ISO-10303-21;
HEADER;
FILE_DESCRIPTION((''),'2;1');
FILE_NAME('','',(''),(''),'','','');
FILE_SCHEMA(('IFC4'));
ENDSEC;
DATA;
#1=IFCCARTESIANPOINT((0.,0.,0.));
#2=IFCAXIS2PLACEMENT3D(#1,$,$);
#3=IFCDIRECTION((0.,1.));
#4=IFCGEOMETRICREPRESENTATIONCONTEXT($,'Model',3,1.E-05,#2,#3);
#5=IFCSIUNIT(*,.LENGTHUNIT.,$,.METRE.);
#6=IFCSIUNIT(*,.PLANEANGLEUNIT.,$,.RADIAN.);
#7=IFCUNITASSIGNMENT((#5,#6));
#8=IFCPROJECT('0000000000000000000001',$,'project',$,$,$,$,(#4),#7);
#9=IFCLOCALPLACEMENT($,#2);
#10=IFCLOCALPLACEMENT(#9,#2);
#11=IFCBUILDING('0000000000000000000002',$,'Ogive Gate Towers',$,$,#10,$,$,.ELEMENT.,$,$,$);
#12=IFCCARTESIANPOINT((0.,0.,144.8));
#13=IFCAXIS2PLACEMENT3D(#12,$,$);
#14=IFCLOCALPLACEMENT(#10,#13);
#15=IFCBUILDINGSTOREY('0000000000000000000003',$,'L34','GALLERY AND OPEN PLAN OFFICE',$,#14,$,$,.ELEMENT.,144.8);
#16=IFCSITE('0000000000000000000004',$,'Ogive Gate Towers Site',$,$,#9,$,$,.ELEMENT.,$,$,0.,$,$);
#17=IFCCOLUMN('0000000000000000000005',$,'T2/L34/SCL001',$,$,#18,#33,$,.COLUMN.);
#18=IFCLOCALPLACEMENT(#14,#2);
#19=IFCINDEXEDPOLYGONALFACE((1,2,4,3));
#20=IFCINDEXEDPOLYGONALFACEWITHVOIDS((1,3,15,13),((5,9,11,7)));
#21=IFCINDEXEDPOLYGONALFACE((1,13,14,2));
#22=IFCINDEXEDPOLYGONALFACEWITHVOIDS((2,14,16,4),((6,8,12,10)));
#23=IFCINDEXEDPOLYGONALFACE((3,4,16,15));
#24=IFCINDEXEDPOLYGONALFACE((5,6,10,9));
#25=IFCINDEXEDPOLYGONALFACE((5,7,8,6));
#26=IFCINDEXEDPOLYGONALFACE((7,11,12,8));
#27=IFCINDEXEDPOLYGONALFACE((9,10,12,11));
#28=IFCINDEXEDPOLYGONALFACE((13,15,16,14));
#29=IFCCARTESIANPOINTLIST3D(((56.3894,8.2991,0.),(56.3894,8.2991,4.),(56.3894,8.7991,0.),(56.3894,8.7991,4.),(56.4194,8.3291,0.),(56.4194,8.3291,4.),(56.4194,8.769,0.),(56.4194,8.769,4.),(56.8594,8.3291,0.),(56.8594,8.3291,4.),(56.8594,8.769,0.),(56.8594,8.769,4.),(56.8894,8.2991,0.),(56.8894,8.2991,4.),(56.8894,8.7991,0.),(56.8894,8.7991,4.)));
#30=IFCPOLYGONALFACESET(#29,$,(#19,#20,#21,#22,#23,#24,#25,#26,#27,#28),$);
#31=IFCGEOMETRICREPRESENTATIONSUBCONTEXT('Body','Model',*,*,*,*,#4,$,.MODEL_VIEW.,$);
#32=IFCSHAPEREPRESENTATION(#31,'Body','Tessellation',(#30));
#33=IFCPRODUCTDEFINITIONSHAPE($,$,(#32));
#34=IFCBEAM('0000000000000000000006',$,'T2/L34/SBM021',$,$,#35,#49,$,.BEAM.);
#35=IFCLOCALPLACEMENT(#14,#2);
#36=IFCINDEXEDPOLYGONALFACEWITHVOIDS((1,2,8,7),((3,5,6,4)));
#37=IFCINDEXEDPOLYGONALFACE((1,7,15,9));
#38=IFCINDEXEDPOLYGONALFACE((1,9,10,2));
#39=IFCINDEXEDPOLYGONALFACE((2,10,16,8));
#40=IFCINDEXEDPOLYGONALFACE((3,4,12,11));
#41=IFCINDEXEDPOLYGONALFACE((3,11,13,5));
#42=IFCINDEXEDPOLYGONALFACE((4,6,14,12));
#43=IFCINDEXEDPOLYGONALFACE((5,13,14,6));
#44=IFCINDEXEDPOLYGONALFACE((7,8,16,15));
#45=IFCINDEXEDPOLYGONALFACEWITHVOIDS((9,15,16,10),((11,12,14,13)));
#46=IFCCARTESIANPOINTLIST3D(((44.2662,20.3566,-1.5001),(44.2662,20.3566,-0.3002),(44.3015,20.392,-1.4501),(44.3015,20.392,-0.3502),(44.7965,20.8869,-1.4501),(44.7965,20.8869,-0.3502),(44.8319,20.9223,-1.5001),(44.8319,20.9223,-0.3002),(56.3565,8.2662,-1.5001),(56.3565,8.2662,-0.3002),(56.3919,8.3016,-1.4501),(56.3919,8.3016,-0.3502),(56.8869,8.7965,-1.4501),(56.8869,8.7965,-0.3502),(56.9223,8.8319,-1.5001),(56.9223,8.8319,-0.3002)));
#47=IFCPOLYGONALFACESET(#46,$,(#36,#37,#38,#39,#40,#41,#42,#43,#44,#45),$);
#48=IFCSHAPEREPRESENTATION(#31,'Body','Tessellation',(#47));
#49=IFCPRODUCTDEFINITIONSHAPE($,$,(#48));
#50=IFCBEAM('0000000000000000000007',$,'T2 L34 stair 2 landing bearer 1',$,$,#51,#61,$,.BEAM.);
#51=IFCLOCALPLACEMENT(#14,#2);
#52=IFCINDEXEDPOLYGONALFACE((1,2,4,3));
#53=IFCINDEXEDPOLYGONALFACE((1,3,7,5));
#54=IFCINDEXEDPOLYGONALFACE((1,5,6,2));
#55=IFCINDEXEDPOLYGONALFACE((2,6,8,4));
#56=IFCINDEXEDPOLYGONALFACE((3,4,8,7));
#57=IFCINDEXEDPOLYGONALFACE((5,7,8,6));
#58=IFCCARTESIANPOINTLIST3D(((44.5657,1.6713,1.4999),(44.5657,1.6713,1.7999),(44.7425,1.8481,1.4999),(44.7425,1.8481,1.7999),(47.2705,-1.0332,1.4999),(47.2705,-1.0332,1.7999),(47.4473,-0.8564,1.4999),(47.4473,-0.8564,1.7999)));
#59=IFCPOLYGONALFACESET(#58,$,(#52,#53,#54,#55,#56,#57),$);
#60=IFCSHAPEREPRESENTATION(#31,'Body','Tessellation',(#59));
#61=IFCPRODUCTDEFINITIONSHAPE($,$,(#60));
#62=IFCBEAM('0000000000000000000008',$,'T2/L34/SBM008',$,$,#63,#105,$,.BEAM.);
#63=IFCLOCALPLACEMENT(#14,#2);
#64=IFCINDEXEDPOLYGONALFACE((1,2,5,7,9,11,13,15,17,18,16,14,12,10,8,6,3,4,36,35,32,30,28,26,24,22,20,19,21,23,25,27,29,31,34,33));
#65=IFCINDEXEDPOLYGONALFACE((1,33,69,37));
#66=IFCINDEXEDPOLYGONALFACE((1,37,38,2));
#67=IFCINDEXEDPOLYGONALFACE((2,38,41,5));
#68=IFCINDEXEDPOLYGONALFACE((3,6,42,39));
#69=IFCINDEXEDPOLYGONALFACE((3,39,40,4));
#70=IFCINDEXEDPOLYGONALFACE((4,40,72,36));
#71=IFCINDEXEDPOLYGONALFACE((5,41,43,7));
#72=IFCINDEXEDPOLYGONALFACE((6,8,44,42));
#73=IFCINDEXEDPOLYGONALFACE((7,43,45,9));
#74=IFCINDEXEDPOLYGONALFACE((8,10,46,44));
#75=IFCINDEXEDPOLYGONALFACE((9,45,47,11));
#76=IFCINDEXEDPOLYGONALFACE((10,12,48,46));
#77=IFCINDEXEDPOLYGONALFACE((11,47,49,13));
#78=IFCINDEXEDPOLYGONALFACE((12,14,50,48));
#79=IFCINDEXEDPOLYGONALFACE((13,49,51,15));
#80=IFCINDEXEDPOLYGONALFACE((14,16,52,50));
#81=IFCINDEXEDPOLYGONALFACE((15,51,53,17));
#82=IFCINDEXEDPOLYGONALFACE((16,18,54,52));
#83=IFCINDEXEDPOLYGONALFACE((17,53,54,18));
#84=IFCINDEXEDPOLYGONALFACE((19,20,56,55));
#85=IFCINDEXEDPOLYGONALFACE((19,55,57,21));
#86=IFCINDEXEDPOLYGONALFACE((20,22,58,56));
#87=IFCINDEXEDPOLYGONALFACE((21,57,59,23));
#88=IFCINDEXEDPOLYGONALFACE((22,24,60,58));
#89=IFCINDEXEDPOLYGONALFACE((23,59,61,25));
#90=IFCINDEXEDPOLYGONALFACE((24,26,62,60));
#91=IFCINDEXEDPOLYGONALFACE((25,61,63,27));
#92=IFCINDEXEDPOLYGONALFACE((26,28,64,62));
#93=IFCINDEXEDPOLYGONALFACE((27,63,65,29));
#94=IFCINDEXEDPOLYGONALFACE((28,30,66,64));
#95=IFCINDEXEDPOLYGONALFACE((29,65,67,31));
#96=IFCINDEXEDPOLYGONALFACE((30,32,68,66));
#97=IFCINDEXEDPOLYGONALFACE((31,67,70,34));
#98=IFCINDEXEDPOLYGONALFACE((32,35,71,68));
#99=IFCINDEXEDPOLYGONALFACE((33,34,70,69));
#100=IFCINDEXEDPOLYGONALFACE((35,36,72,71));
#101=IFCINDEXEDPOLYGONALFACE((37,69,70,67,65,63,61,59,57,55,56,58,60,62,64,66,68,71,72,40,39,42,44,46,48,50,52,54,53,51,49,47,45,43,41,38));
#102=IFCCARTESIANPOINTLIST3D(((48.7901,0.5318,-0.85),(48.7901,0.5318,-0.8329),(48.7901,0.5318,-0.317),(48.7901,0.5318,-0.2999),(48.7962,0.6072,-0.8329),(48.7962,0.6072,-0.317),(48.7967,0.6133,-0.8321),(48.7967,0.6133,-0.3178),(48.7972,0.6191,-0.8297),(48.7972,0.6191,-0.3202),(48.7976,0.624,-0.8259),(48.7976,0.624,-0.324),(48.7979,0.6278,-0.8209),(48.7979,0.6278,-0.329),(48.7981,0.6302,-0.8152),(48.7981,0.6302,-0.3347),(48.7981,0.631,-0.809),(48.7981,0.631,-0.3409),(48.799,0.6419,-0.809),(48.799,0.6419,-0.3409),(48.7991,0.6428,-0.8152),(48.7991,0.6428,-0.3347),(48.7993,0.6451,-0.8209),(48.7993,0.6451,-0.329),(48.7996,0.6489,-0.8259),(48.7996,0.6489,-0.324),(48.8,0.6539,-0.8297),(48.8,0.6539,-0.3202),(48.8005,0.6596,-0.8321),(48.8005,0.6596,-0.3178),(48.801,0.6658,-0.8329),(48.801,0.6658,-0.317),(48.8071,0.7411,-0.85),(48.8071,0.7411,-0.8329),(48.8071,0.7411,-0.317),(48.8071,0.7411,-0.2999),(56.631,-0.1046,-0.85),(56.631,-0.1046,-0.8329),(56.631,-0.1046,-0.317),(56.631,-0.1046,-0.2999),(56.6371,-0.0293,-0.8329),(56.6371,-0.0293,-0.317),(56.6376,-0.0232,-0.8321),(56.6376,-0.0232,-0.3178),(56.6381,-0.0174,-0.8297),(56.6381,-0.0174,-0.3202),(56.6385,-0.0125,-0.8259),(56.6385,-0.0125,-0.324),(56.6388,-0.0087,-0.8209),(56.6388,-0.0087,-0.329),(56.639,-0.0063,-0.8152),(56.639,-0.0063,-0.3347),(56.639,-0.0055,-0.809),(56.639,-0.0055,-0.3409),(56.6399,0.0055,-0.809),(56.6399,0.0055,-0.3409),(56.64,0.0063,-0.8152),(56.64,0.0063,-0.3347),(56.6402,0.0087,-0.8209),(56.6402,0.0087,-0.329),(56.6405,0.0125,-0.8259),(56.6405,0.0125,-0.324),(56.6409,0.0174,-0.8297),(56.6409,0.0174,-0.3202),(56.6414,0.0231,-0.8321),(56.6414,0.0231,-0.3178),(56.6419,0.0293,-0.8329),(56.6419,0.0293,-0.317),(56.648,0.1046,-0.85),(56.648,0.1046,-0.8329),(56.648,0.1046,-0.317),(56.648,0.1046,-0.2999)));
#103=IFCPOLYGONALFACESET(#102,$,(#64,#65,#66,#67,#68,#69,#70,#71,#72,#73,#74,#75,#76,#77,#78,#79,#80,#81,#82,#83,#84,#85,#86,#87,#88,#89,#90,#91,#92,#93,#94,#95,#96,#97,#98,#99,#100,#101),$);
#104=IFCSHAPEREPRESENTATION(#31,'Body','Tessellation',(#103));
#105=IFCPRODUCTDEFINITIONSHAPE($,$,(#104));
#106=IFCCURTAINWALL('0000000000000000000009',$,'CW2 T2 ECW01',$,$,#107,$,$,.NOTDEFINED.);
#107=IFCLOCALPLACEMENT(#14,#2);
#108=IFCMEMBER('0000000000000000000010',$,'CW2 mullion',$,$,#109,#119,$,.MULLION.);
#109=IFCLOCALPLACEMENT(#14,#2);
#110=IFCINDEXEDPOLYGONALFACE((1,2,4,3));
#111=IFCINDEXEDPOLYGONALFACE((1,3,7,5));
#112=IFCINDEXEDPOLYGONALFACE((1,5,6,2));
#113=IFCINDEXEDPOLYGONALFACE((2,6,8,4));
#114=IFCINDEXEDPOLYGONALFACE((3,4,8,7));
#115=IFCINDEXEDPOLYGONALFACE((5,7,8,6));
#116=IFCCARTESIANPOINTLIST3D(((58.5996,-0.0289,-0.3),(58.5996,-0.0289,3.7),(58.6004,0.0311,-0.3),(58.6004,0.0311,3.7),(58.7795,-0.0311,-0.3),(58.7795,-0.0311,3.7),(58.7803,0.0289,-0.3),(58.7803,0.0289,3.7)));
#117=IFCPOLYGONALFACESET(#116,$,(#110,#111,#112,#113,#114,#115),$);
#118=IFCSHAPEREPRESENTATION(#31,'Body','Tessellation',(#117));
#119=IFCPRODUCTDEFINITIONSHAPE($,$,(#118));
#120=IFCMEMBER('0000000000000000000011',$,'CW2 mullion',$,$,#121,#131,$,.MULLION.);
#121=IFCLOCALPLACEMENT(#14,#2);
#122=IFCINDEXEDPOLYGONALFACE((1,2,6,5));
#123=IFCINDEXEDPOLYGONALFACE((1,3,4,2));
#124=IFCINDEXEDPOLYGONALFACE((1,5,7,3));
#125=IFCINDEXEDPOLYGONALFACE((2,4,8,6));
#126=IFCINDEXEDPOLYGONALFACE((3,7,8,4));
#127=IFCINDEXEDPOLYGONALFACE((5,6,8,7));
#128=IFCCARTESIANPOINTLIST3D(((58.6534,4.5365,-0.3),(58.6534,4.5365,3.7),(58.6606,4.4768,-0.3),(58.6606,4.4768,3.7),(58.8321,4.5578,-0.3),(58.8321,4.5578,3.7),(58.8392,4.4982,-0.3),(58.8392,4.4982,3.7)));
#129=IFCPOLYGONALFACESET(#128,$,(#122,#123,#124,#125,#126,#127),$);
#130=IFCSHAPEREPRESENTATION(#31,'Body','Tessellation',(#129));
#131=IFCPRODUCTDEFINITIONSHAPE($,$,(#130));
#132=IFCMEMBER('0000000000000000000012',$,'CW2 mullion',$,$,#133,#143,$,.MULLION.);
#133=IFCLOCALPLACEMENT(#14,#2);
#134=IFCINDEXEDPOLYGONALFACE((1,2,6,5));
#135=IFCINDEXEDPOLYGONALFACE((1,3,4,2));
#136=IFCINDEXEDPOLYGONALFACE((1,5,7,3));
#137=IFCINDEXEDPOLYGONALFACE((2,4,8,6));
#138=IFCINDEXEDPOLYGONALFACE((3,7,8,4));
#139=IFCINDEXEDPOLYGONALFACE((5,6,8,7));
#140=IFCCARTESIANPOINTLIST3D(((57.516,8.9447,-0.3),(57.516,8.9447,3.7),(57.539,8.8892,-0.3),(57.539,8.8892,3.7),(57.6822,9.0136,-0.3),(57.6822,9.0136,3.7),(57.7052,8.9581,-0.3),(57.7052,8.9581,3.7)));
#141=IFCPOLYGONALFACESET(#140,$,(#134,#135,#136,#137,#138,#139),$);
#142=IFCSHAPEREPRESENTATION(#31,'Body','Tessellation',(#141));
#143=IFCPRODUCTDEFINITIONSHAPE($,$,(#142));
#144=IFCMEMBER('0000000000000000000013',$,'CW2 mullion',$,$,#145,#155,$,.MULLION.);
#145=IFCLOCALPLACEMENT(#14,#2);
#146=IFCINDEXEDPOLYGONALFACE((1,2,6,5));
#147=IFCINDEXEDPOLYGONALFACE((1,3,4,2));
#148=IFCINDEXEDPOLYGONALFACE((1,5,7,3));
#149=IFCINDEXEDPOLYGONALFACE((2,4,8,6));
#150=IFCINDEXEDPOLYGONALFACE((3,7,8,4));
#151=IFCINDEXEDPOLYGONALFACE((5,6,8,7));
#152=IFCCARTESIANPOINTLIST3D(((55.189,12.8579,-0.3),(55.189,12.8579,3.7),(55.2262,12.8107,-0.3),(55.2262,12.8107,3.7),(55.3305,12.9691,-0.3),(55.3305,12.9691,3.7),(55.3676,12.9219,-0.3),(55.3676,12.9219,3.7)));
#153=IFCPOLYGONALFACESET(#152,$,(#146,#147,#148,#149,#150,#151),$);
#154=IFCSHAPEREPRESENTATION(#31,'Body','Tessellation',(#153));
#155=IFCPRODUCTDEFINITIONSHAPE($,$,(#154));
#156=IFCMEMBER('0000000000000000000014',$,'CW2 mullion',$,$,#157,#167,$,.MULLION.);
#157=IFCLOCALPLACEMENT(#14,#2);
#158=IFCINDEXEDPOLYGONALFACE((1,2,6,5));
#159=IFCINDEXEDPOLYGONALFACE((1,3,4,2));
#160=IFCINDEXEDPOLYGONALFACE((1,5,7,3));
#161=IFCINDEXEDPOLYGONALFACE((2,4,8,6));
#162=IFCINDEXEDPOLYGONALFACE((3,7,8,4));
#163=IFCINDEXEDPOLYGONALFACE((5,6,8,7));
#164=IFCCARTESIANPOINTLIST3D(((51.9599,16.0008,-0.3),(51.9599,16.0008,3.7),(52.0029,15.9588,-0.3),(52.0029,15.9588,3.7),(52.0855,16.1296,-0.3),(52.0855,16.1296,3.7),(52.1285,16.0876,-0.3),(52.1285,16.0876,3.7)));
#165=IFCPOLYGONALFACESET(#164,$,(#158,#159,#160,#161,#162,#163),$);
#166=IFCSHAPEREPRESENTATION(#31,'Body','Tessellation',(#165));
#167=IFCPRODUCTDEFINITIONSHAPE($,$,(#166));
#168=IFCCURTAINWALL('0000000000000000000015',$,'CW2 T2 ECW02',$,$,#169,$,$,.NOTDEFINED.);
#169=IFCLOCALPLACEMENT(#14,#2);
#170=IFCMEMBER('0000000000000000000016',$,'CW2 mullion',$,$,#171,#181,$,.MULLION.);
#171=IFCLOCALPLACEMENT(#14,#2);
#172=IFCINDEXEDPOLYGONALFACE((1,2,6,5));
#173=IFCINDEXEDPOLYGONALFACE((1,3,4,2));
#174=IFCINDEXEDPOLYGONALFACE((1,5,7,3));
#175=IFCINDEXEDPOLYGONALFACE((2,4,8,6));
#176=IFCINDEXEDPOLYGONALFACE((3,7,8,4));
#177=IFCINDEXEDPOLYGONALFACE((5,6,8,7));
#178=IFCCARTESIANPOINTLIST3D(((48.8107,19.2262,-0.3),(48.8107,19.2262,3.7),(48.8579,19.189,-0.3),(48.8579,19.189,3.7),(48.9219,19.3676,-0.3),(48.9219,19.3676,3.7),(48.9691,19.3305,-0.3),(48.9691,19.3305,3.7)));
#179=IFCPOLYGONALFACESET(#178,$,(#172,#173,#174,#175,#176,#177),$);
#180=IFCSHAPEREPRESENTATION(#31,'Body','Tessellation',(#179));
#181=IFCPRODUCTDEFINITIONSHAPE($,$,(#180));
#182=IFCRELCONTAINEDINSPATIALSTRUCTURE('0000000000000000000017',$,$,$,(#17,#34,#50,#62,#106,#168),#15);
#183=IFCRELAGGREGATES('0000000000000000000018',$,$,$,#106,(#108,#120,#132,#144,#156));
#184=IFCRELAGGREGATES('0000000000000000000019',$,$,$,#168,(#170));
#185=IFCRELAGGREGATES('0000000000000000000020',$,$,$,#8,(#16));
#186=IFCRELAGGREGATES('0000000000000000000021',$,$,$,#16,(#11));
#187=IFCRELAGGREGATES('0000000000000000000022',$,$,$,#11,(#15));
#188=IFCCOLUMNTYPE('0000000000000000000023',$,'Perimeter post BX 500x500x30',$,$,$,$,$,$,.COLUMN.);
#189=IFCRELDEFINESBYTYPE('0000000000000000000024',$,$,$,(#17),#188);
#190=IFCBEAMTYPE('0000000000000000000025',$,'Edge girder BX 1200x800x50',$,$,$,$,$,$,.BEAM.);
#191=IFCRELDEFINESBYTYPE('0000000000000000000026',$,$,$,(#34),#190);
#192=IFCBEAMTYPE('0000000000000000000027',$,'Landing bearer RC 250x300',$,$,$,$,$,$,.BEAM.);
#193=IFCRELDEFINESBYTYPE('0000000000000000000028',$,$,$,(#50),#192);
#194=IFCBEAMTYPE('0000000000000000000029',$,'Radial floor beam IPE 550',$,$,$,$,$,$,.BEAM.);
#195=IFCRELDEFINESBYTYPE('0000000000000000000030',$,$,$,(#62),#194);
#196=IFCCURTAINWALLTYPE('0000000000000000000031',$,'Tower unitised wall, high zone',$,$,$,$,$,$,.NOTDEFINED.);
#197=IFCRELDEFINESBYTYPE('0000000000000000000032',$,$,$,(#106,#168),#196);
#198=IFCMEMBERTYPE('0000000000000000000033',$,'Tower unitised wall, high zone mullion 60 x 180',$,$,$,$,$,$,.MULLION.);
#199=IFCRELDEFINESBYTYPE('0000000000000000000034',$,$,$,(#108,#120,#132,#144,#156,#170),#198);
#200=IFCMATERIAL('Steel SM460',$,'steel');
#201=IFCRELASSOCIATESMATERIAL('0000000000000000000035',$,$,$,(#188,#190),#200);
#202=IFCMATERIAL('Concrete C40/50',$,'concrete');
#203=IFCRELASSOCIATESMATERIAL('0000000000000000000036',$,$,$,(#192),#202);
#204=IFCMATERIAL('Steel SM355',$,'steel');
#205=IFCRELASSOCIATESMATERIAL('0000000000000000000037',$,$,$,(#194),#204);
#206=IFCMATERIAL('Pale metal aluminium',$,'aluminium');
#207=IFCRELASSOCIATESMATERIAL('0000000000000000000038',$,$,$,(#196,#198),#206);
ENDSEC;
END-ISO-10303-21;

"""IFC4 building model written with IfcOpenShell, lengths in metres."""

from ifc_helpers import new_model, si_unit, direction, frame, origin, origin_2d, place, context, subcontext, project, spatial, rectangle, hollow_rectangle, i_section, extrude, material, material_profile, profile_set, type_object, element, aggregate, save


model = new_model("IFC4")

# Units and contexts
model_context = context("Model", 3, precision=1e-05, world=origin(), true_north=direction((0.0, 1.0)))
body_context = subcontext(model_context, "Body", "Model", "MODEL_VIEW")
ifc_project = project(units=[si_unit("LENGTHUNIT", "METRE"), si_unit("PLANEANGLEUNIT", "RADIAN")], contexts=[model_context])

# Site, building, storey
site_placement = place(None, origin())
site = spatial("IfcSite", under=ifc_project, at=site_placement, Name="Ogive Gate Towers Site", CompositionType="ELEMENT", RefElevation=0.0)
building_placement = place(site_placement, origin())
building = spatial("IfcBuilding", under=site, at=building_placement, Name="Ogive Gate Towers", CompositionType="ELEMENT")
storey_placement = place(building_placement, frame((0.0, 0.0, 144.8)))
storey = spatial("IfcBuildingStorey", under=building, at=storey_placement, Name="L34", Description="GALLERY AND OPEN PLAN OFFICE", CompositionType="ELEMENT", Elevation=144.8)

# Column
ifc_material_1 = material(Name="Steel SM460", Category="steel")
ifc_material_profile_1 = material_profile(ifc_material_1, hollow_rectangle(XDim=0.5, YDim=0.5, WallThickness=0.03, at=origin_2d()), Name="BX 500x500x30")
ifc_profile_set_1 = profile_set([ifc_material_profile_1], Name="Steel SM460")
column_type = type_object("IfcColumnType", Name="Perimeter post BX 500x500x30", PredefinedType="COLUMN", material=ifc_profile_set_1)
column_placement = place(storey_placement, frame((56.6394, 8.5491, 0.0), z_axis=(0.0, 0.0, 1.0), x_axis=(1.0, 0.0, 0.0)))
element("IfcColumn", 1, at=column_placement, inside=storey, type_object=column_type, Name="T2/L34/SCL001", PredefinedType="COLUMN", context=body_context, shape_type="SweptSolid", body=[
    extrude(hollow_rectangle(XDim=0.5, YDim=0.5, WallThickness=0.03, at=origin_2d()), origin(), (0.0, 0.0, 1.0), 4.0),
])

# Beams
ifc_material_profile_2 = material_profile(ifc_material_1, hollow_rectangle(XDim=0.8, YDim=1.2, WallThickness=0.05, at=origin_2d()), Name="BX 1200x800x50")
ifc_profile_set_2 = profile_set([ifc_material_profile_2], Name="Steel SM460")
beam_type_1 = type_object("IfcBeamType", Name="Edge girder BX 1200x800x50", PredefinedType="BEAM", material=ifc_profile_set_2)
beam_1_placement = place(storey_placement, frame((56.6394, 8.5491, -0.9001), z_axis=(-0.707107, 0.707107, 0.0), x_axis=(-0.707107, -0.707107, 0.0)))
element("IfcBeam", 2, at=beam_1_placement, inside=storey, type_object=beam_type_1, Name="T2/L34/SBM021", PredefinedType="BEAM", context=body_context, shape_type="SweptSolid", body=[
    extrude(hollow_rectangle(XDim=0.8, YDim=1.2, WallThickness=0.05, at=origin_2d()), origin(), (0.0, 0.0, 1.0), 17.0984),
])
ifc_material_2 = material(Name="Concrete C40/50", Category="concrete")
ifc_material_profile_3 = material_profile(ifc_material_2, rectangle(XDim=0.25, YDim=0.3, at=origin_2d()), Name="RC 250x300")
ifc_profile_set_3 = profile_set([ifc_material_profile_3], Name="Concrete C40/50")
beam_type_2 = type_object("IfcBeamType", Name="Landing bearer RC 250x300", PredefinedType="BEAM", material=ifc_profile_set_3)
beam_2_placement = place(storey_placement, frame((47.3589, -0.9448, 1.6499), z_axis=(-0.707139, 0.707075, 0.0), x_axis=(-0.707075, -0.707139, 0.0)))
element("IfcBeam", 3, at=beam_2_placement, inside=storey, type_object=beam_type_2, Name="T2 L34 stair 2 landing bearer 1", PredefinedType="BEAM", context=body_context, shape_type="SweptSolid", body=[
    extrude(rectangle(XDim=0.25, YDim=0.3, at=origin_2d()), origin(), (0.0, 0.0, 1.0), 3.825),
])
ifc_material_3 = material(Name="Steel SM355", Category="steel")
ifc_material_profile_4 = material_profile(ifc_material_3, i_section(OverallWidth=0.21, OverallDepth=0.55, WebThickness=0.011, FlangeThickness=0.0171, FilletRadius=0.0239, at=origin_2d()), Name="IPE 550")
ifc_profile_set_4 = profile_set([ifc_material_profile_4], Name="Steel SM355")
beam_type_3 = type_object("IfcBeamType", Name="Radial floor beam IPE 550", PredefinedType="BEAM", material=ifc_profile_set_4)
beam_3_placement = place(storey_placement, frame((48.7986, 0.6365, -0.575), z_axis=(0.996722, -0.080908, 0.0), x_axis=(0.080908, 0.996722, 0.0)))
element("IfcBeam", 4, at=beam_3_placement, inside=storey, type_object=beam_type_3, Name="T2/L34/SBM008", PredefinedType="BEAM", context=body_context, shape_type="SweptSolid", body=[
    extrude(i_section(OverallWidth=0.21, OverallDepth=0.55, WebThickness=0.011, FlangeThickness=0.0171, FilletRadius=0.0239, at=origin_2d()), origin(), (0.0, 0.0, 1.0), 7.8667),
])

# Curtain wall, members
ifc_material_4 = material(Name="Pale metal aluminium", Category="aluminium")
curtain_wall_type = type_object("IfcCurtainWallType", Name="Tower unitised wall, high zone", PredefinedType="NOTDEFINED", material=ifc_material_4)
curtain_wall_1_placement = place(storey_placement, origin())
curtain_wall_1 = element("IfcCurtainWall", 5, at=curtain_wall_1_placement, inside=storey, type_object=curtain_wall_type, Name="CW2 T2 ECW01", PredefinedType="NOTDEFINED")
ifc_material_profile_5 = material_profile(ifc_material_4, rectangle(XDim=0.1799, YDim=0.0601, at=origin_2d()), Name="60 x 180 aluminium box")
ifc_profile_set_5 = profile_set([ifc_material_profile_5], Name="Pale metal aluminium")
member_type_1 = type_object("IfcMemberType", Name="Tower unitised wall, high zone mullion 60 x 180", PredefinedType="MULLION", material=ifc_profile_set_5)
member_1_placement = place(storey_placement, frame((58.6899, 0.0, -0.3), z_axis=(0.0, 0.0, 1.0), x_axis=(0.999922, -0.012461, 0.0)))
member_1 = element("IfcMember", 6, at=member_1_placement, type_object=member_type_1, Name="CW2 mullion", PredefinedType="MULLION", context=body_context, shape_type="SweptSolid", body=[
    extrude(rectangle(XDim=0.1799, YDim=0.0601, at=origin_2d()), origin(), (0.0, 0.0, 1.0), 4.0),
])
member_2_placement = place(storey_placement, frame((58.7463, 4.5173, -0.3), z_axis=(0.0, 0.0, 1.0), x_axis=(0.992908, 0.118889, 0.0)))
member_2 = element("IfcMember", 7, at=member_2_placement, type_object=member_type_1, Name="CW2 mullion", PredefinedType="MULLION", context=body_context, shape_type="SweptSolid", body=[
    extrude(rectangle(XDim=0.1799, YDim=0.0601, at=origin_2d()), origin(), (0.0, 0.0, 1.0), 4.0),
])
member_3_placement = place(storey_placement, frame((57.6106, 8.9514, -0.3), z_axis=(0.0, 0.0, 1.0), x_axis=(0.92388, 0.382683, 0.0)))
member_3 = element("IfcMember", 8, at=member_3_placement, type_object=member_type_1, Name="CW2 mullion", PredefinedType="MULLION", context=body_context, shape_type="SweptSolid", body=[
    extrude(rectangle(XDim=0.1799, YDim=0.0601, at=origin_2d()), origin(), (0.0, 0.0, 1.0), 4.0),
])
member_4_placement = place(storey_placement, frame((55.2783, 12.8899, -0.3), z_axis=(0.0, 0.0, 1.0), x_axis=(0.786148, 0.618038, 0.0)))
member_4 = element("IfcMember", 9, at=member_4_placement, type_object=member_type_1, Name="CW2 mullion", PredefinedType="MULLION", context=body_context, shape_type="SweptSolid", body=[
    extrude(rectangle(XDim=0.1799, YDim=0.0601, at=origin_2d()), origin(), (0.0, 0.0, 1.0), 4.0),
])
member_5_placement = place(storey_placement, frame((52.0442, 16.0442, -0.3), z_axis=(0.0, 0.0, 1.0), x_axis=(0.69824, 0.715863, 0.0)))
member_5 = element("IfcMember", 10, at=member_5_placement, type_object=member_type_1, Name="CW2 mullion", PredefinedType="MULLION", context=body_context, shape_type="SweptSolid", body=[
    extrude(rectangle(XDim=0.1799, YDim=0.0601, at=origin_2d()), origin(), (0.0, 0.0, 1.0), 4.0),
])

# Curtain wall, member
curtain_wall_2_placement = place(storey_placement, origin())
curtain_wall_2 = element("IfcCurtainWall", 11, at=curtain_wall_2_placement, inside=storey, type_object=curtain_wall_type, Name="CW2 T2 ECW02", PredefinedType="NOTDEFINED")
member_6_placement = place(storey_placement, frame((48.8899, 19.2783, -0.3), z_axis=(0.0, 0.0, 1.0), x_axis=(0.618038, 0.786148, 0.0)))
member_6 = element("IfcMember", 12, at=member_6_placement, type_object=member_type_1, Name="CW2 mullion", PredefinedType="MULLION", context=body_context, shape_type="SweptSolid", body=[
    extrude(rectangle(XDim=0.1799, YDim=0.0601, at=origin_2d()), origin(), (0.0, 0.0, 1.0), 4.0),
])

aggregate(curtain_wall_1, [member_1, member_2, member_3, member_4, member_5])
aggregate(curtain_wall_2, [member_6])

save(model, "model.ifc")
